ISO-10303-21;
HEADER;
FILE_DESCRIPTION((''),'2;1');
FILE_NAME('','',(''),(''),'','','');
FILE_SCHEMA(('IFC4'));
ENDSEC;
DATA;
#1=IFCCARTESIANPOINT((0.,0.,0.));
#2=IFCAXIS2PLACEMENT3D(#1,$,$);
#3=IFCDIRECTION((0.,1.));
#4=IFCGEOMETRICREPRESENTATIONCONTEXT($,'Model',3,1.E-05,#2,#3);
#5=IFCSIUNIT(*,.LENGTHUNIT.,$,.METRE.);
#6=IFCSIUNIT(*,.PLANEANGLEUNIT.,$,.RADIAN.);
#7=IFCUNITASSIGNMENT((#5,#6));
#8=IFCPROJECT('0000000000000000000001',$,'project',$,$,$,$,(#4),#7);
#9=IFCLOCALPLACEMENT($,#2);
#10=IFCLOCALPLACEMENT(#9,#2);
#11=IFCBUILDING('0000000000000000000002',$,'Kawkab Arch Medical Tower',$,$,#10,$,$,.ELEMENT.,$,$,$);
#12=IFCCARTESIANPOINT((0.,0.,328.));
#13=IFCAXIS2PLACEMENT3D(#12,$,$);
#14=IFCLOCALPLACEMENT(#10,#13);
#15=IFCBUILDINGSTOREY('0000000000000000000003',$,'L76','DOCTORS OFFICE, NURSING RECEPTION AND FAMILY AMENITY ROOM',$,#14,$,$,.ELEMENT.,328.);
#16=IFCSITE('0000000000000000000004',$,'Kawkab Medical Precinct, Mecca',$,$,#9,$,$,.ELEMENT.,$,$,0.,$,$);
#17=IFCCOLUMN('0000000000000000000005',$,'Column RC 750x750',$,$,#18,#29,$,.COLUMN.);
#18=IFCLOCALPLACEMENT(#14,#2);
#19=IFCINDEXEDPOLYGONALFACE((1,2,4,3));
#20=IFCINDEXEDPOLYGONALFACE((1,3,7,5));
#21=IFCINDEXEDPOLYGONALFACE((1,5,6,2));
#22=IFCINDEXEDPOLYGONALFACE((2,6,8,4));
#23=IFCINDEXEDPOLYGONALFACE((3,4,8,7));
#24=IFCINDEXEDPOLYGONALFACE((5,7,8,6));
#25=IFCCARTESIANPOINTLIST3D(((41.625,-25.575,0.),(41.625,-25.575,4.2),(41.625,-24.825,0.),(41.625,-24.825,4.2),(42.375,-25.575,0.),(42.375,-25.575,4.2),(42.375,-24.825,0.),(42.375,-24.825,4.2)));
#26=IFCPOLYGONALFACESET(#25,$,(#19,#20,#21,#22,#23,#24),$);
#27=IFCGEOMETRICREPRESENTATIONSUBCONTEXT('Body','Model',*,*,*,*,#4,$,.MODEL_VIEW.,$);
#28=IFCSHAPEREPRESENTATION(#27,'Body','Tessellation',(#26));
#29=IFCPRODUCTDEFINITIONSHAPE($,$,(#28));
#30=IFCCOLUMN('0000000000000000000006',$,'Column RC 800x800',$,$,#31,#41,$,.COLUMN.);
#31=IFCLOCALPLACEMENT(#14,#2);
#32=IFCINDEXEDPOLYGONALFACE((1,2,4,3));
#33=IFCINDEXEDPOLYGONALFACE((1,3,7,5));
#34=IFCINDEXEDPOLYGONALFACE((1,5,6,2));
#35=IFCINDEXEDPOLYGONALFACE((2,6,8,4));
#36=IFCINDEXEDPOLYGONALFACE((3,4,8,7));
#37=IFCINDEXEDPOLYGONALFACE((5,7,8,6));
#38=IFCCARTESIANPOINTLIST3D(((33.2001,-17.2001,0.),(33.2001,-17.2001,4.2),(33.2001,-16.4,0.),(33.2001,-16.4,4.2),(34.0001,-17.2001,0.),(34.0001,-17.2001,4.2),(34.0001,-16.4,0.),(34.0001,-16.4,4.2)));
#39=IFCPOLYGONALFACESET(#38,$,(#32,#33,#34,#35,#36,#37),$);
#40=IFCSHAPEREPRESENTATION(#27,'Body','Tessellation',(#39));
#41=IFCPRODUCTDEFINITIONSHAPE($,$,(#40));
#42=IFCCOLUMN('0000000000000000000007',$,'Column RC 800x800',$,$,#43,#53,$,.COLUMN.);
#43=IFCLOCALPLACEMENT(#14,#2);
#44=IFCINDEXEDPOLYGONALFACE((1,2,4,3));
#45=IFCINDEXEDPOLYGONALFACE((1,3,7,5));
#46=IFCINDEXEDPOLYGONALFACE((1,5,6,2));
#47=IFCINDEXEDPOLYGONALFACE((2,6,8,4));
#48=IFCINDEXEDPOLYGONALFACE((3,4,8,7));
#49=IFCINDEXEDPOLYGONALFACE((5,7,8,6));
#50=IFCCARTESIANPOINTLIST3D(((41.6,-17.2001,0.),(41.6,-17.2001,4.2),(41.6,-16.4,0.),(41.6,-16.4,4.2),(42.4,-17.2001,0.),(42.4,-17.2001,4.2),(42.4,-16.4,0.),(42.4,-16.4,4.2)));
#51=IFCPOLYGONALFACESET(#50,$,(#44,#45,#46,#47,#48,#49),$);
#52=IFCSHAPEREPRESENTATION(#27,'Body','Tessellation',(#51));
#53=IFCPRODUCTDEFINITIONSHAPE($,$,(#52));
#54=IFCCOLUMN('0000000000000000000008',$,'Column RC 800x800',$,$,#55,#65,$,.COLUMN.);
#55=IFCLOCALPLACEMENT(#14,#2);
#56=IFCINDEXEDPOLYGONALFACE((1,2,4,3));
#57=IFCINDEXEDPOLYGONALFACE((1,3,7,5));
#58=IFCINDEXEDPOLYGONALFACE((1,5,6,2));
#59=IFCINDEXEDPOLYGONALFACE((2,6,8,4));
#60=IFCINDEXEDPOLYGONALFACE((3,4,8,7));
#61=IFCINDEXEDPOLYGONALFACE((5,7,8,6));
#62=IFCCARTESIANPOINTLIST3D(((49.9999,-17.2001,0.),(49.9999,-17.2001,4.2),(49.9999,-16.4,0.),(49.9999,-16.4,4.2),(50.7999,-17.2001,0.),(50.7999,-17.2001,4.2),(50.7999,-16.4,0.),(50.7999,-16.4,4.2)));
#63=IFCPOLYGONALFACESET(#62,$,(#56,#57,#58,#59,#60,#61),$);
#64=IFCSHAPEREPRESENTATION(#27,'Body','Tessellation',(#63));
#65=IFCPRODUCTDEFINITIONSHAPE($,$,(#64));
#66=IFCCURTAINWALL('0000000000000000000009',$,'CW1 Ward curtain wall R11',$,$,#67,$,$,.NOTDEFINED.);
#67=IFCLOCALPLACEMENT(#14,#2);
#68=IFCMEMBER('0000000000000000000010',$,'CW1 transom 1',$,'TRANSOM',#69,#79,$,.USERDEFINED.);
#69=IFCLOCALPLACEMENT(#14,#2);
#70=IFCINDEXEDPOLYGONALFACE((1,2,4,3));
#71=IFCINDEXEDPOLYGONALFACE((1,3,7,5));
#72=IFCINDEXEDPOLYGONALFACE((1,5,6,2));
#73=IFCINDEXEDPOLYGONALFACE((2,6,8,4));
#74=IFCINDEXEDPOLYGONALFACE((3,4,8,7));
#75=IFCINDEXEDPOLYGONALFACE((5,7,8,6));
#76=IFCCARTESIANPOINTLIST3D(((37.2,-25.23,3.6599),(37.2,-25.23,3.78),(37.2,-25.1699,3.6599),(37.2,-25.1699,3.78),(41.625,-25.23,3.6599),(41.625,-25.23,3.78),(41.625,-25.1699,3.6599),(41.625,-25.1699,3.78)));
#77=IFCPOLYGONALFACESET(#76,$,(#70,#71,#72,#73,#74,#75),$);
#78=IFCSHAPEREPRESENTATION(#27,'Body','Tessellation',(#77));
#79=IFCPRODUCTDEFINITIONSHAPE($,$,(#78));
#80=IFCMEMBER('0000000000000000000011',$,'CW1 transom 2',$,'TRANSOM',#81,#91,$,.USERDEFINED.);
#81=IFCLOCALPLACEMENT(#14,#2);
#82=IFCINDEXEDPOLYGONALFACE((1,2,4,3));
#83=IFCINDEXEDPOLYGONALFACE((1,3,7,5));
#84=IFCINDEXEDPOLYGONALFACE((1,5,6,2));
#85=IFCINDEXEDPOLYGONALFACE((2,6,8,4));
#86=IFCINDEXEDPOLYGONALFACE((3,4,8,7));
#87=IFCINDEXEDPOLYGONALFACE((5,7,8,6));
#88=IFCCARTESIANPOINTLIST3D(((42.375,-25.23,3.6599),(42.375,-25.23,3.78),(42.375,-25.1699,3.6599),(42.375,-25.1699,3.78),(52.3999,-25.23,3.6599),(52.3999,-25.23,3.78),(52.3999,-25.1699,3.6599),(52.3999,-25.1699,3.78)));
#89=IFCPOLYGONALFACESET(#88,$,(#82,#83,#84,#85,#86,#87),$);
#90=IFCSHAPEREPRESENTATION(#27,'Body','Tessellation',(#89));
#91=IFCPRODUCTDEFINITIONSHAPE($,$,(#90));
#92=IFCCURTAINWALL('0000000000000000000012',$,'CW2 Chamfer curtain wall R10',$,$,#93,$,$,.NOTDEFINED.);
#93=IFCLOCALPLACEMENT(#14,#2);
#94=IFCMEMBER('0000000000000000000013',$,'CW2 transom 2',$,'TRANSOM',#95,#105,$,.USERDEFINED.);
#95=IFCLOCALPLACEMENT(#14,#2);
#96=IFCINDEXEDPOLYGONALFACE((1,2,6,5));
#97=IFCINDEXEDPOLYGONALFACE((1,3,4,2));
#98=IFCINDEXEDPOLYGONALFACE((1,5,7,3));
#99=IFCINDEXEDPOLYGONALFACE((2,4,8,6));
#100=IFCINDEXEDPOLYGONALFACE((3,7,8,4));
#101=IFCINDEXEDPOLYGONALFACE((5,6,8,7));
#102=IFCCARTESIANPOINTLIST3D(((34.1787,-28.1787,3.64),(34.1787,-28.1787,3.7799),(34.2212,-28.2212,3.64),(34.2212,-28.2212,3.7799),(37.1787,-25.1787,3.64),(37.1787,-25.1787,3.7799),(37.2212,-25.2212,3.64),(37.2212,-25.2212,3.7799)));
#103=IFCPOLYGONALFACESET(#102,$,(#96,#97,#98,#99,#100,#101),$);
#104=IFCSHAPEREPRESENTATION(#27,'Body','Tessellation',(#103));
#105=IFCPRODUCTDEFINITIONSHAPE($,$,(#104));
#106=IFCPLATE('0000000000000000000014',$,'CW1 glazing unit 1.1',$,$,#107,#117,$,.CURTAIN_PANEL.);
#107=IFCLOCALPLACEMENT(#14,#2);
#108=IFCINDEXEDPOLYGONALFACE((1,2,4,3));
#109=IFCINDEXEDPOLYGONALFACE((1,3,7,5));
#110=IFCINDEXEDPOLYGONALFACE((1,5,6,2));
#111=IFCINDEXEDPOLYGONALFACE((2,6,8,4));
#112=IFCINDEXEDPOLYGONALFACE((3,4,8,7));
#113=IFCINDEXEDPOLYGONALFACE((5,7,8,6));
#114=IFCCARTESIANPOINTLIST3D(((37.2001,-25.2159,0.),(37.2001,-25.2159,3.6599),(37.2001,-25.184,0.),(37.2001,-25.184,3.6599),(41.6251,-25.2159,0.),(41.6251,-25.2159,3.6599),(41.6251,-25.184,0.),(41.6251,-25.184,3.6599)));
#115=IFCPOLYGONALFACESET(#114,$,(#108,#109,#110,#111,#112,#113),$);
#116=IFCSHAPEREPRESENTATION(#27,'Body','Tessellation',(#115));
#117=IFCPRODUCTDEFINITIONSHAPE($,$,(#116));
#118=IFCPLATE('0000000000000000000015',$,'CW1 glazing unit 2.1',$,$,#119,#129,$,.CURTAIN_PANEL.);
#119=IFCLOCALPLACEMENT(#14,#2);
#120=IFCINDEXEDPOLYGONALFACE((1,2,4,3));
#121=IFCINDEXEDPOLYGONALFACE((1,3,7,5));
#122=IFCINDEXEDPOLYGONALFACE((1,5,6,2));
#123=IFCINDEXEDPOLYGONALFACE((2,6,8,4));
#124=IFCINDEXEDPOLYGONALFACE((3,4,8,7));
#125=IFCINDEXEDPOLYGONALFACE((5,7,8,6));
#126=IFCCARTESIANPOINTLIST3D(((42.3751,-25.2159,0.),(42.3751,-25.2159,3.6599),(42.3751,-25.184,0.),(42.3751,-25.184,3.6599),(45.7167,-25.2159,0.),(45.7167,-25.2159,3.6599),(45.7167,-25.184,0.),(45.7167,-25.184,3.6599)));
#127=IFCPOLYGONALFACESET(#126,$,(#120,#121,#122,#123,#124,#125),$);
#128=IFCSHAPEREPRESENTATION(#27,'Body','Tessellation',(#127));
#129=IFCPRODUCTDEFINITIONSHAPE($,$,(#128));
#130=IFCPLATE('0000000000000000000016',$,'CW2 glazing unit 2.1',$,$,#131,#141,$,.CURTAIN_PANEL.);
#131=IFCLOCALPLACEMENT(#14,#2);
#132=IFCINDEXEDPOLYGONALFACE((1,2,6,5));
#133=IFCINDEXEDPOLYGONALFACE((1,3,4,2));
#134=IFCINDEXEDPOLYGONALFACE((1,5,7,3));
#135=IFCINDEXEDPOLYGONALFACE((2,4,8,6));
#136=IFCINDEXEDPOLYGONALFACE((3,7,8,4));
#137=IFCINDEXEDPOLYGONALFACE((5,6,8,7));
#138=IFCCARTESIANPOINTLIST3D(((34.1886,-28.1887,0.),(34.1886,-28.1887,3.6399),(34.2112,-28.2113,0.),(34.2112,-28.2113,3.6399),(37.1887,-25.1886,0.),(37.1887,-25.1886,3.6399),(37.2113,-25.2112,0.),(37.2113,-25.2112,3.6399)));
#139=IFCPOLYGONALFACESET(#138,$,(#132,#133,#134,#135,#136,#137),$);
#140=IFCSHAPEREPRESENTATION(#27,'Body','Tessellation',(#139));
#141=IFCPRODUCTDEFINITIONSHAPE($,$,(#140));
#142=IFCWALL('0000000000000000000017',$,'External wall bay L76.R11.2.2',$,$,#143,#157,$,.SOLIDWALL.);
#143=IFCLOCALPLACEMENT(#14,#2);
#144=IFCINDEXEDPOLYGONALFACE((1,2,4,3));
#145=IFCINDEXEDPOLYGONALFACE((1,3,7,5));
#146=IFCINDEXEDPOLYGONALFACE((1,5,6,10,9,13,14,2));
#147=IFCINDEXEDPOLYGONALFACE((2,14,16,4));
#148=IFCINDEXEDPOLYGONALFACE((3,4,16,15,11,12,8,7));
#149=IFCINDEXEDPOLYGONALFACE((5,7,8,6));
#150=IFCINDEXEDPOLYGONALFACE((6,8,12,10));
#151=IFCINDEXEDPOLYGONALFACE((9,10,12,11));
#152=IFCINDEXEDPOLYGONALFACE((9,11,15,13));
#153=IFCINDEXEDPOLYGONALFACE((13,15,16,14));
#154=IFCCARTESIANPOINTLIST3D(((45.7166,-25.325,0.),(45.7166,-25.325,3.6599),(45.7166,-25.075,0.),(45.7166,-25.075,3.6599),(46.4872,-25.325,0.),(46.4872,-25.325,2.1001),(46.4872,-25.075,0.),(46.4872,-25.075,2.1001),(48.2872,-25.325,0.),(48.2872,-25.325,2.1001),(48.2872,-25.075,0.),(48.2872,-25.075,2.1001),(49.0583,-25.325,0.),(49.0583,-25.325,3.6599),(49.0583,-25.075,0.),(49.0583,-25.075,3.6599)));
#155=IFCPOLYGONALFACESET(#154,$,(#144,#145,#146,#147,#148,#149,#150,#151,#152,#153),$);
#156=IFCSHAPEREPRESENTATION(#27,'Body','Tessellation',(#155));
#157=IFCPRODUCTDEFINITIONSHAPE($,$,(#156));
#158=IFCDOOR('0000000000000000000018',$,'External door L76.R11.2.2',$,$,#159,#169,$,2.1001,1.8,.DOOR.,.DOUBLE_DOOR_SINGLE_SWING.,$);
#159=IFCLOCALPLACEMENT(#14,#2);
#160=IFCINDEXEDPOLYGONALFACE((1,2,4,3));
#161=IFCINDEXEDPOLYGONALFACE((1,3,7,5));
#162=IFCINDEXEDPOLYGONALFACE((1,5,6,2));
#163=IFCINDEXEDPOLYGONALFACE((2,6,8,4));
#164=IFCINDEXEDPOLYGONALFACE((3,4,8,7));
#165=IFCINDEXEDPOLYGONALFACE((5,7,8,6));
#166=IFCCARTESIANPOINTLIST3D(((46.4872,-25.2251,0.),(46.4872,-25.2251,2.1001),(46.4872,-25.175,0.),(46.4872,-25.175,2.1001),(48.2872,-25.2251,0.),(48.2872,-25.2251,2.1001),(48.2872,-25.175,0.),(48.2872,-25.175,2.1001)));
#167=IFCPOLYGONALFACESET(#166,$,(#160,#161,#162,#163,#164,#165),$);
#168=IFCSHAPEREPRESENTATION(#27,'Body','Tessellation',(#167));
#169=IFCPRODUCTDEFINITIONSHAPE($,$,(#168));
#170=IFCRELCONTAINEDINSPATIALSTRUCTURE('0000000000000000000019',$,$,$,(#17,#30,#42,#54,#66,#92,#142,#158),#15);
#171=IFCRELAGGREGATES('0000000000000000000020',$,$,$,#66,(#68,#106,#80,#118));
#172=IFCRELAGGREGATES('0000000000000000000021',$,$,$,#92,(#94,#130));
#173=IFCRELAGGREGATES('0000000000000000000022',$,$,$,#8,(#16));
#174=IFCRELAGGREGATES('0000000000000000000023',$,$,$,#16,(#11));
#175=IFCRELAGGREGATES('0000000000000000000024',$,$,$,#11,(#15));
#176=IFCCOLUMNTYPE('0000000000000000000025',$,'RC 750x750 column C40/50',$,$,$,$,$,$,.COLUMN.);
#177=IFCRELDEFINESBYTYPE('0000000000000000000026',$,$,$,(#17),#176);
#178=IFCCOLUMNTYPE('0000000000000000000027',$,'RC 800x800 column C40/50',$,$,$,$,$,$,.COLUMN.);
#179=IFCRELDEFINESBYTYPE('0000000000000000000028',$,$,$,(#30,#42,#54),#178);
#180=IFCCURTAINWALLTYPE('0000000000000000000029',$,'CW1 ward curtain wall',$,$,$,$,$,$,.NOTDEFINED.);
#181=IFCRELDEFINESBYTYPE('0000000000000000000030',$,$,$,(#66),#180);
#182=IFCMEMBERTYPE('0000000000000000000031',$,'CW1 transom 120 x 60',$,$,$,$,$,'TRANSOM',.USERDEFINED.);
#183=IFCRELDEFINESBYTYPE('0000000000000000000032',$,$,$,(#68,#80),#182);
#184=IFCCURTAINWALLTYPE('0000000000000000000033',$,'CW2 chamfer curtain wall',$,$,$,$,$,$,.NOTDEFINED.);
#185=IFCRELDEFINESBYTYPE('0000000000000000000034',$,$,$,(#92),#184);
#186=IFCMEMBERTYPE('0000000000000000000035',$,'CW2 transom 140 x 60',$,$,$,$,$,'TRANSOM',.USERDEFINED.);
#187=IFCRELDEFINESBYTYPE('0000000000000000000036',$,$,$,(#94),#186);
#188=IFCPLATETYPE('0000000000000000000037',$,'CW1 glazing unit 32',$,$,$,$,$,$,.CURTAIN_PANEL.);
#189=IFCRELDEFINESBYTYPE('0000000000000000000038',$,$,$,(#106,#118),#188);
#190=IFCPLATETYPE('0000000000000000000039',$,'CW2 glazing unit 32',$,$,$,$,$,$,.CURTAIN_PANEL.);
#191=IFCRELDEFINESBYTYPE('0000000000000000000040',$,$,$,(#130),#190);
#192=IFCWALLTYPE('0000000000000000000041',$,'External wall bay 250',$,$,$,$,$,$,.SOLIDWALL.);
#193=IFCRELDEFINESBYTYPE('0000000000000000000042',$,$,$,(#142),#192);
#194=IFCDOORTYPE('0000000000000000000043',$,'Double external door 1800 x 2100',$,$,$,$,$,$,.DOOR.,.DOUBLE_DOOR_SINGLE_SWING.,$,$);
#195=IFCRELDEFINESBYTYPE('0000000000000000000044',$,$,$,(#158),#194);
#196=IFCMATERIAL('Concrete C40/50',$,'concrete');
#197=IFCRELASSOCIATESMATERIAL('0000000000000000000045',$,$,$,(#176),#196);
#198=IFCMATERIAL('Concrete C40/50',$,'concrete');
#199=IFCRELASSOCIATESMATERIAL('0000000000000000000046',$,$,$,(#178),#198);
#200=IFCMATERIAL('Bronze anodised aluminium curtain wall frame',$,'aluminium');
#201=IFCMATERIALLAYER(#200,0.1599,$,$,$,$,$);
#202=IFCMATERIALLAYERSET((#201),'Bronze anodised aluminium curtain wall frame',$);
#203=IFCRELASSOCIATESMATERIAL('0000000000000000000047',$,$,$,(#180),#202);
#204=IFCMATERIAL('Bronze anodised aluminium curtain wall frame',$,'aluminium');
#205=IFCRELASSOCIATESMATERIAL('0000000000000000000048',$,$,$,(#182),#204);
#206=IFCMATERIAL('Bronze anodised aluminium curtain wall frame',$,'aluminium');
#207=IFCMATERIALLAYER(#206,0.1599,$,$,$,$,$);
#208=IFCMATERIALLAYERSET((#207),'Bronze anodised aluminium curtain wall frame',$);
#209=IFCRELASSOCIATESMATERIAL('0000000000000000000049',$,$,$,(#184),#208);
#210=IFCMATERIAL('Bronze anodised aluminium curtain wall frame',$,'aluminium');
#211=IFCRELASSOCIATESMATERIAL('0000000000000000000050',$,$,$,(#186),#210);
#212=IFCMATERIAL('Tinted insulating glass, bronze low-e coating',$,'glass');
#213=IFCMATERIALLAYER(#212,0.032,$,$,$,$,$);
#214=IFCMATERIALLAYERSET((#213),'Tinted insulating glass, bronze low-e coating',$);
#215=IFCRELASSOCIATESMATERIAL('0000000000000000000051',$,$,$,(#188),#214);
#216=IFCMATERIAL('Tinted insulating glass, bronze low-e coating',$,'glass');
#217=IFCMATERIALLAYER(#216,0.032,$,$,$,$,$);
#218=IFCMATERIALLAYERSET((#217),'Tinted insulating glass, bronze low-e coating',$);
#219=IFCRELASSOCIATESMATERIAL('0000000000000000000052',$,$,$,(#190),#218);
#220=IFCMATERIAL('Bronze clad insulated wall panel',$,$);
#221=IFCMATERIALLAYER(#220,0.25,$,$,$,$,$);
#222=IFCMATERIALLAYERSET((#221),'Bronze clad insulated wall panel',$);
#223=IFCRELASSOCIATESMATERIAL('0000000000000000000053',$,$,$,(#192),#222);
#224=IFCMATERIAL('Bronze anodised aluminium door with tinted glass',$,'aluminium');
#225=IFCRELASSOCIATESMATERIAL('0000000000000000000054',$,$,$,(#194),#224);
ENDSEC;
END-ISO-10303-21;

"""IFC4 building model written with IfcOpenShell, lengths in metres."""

from ifc_helpers import new_model, si_unit, direction, frame, frame_2d, origin, origin_2d, place, context, subcontext, project, spatial, rectangle, extrude, material, layer, layer_set, material_profile, profile_set, type_object, element, fill, aggregate, save


model = new_model("IFC4")

# Units and contexts
model_context = context("Model", 3, precision=1e-05, world=origin(), true_north=direction((0.0, 1.0)))
body_context = subcontext(model_context, "Body", "Model", "MODEL_VIEW")
ifc_project = project(units=[si_unit("LENGTHUNIT", "METRE"), si_unit("PLANEANGLEUNIT", "RADIAN")], contexts=[model_context])

# Site, building, storey
site_placement = place(None, origin())
site = spatial("IfcSite", under=ifc_project, at=site_placement, Name="Kawkab Medical Precinct, Mecca", CompositionType="ELEMENT", RefElevation=0.0)
building_placement = place(site_placement, origin())
building = spatial("IfcBuilding", under=site, at=building_placement, Name="Kawkab Arch Medical Tower", CompositionType="ELEMENT")
storey_placement = place(building_placement, frame((0.0, 0.0, 328.0)))
storey = spatial("IfcBuildingStorey", under=building, at=storey_placement, Name="L76", Description="DOCTORS OFFICE, NURSING RECEPTION AND FAMILY AMENITY ROOM", CompositionType="ELEMENT", Elevation=328.0)

# Columns
ifc_material_1 = material(Name="Concrete C40/50", Category="concrete")
ifc_material_profile_1 = material_profile(ifc_material_1, rectangle(XDim=0.75, YDim=0.75, at=origin_2d()), Name="RC 750x750")
ifc_profile_set_1 = profile_set([ifc_material_profile_1], Name="Concrete C40/50")
column_type_1 = type_object("IfcColumnType", Name="RC 750x750 column C40/50", PredefinedType="COLUMN", material=ifc_profile_set_1)
column_placement = place(storey_placement, frame((42.0, -25.2, 0.0), z_axis=(0.0, 0.0, 1.0), x_axis=(1.0, 0.0, 0.0)))
element("IfcColumn", 1, at=column_placement, inside=storey, type_object=column_type_1, Name="Column RC 750x750", PredefinedType="COLUMN", context=body_context, shape_type="SweptSolid", body=[
    extrude(rectangle(XDim=0.75, YDim=0.75, at=origin_2d()), origin(), (0.0, 0.0, 1.0), 4.2),
])
ifc_material_2 = material(Name="Concrete C40/50", Category="concrete")
ifc_material_profile_2 = material_profile(ifc_material_2, rectangle(XDim=0.8, YDim=0.8, at=origin_2d()), Name="RC 800x800")
ifc_profile_set_2 = profile_set([ifc_material_profile_2], Name="Concrete C40/50")
column_type_2 = type_object("IfcColumnType", Name="RC 800x800 column C40/50", PredefinedType="COLUMN", material=ifc_profile_set_2)
for number, where, z_axis, x_axis, name in (
    (2, (33.6001, -16.8, 0.0), (0.0, 0.0, 1.0), (1.0, 0.0, 0.0), "Column RC 800x800"),
    (3, (42.0, -16.8, 0.0), (0.0, 0.0, 1.0), (1.0, 0.0, 0.0), "Column RC 800x800"),
    (4, (50.3999, -16.8, 0.0), (0.0, 0.0, 1.0), (1.0, 0.0, 0.0), "Column RC 800x800"),
):
    element("IfcColumn", number, at=place(storey_placement, frame(where, z_axis=z_axis, x_axis=x_axis)), inside=storey, type_object=column_type_2, Name=name, PredefinedType="COLUMN", context=body_context, shape_type="SweptSolid", body=[
        extrude(rectangle(XDim=0.8, YDim=0.8, at=origin_2d()), origin(), (0.0, 0.0, 1.0), 4.2),
    ])

# Curtain wall, members
ifc_material_3 = material(Name="Bronze anodised aluminium curtain wall frame", Category="aluminium")
ifc_layer_1 = layer(ifc_material_3, 0.1599)
ifc_layer_set_1 = layer_set([ifc_layer_1], Name="Bronze anodised aluminium curtain wall frame")
curtain_wall_type_1 = type_object("IfcCurtainWallType", Name="CW1 ward curtain wall", PredefinedType="NOTDEFINED", material=ifc_layer_set_1)
placement = place(storey_placement, origin())
curtain_wall_1 = element("IfcCurtainWall", 5, at=placement, inside=storey, type_object=curtain_wall_type_1, Name="CW1 Ward curtain wall R11", PredefinedType="NOTDEFINED")
ifc_material_4 = material(Name="Bronze anodised aluminium curtain wall frame", Category="aluminium")
ifc_material_profile_3 = material_profile(ifc_material_4, rectangle(XDim=0.0601, YDim=0.1201, at=origin_2d()), Name="AL 60x120")
ifc_profile_set_3 = profile_set([ifc_material_profile_3], Name="Bronze anodised aluminium curtain wall frame")
member_type_1 = type_object("IfcMemberType", Name="CW1 transom 120 x 60", ElementType="TRANSOM", PredefinedType="USERDEFINED", material=ifc_profile_set_3)
member_1_placement = place(storey_placement, frame((37.2, -25.2, 3.72), z_axis=(1.0, 0.0, 0.0), x_axis=(0.0, 1.0, 0.0)))
member_1 = element("IfcMember", 6, at=member_1_placement, type_object=member_type_1, Name="CW1 transom 1", ObjectType="TRANSOM", PredefinedType="USERDEFINED", context=body_context, shape_type="SweptSolid", body=[
    extrude(rectangle(XDim=0.0601, YDim=0.1201, at=origin_2d()), origin(), (0.0, 0.0, 1.0), 4.425),
])
member_2_placement = place(storey_placement, frame((42.375, -25.2, 3.72), z_axis=(1.0, 0.0, 0.0), x_axis=(0.0, 1.0, 0.0)))
member_2 = element("IfcMember", 7, at=member_2_placement, type_object=member_type_1, Name="CW1 transom 2", ObjectType="TRANSOM", PredefinedType="USERDEFINED", context=body_context, shape_type="SweptSolid", body=[
    extrude(rectangle(XDim=0.0601, YDim=0.1201, at=origin_2d()), origin(), (0.0, 0.0, 1.0), 10.0249),
])

# Curtain wall, member
ifc_material_5 = material(Name="Bronze anodised aluminium curtain wall frame", Category="aluminium")
ifc_layer_2 = layer(ifc_material_5, 0.1599)
ifc_layer_set_2 = layer_set([ifc_layer_2], Name="Bronze anodised aluminium curtain wall frame")
curtain_wall_type_2 = type_object("IfcCurtainWallType", Name="CW2 chamfer curtain wall", PredefinedType="NOTDEFINED", material=ifc_layer_set_2)
curtain_wall_2 = element("IfcCurtainWall", 8, at=placement, inside=storey, type_object=curtain_wall_type_2, Name="CW2 Chamfer curtain wall R10", PredefinedType="NOTDEFINED")
ifc_material_6 = material(Name="Bronze anodised aluminium curtain wall frame", Category="aluminium")
ifc_material_profile_4 = material_profile(ifc_material_6, rectangle(XDim=0.0601, YDim=0.1399, at=origin_2d()), Name="AL 60x140")
ifc_profile_set_4 = profile_set([ifc_material_profile_4], Name="Bronze anodised aluminium curtain wall frame")
member_type_2 = type_object("IfcMemberType", Name="CW2 transom 140 x 60", ElementType="TRANSOM", PredefinedType="USERDEFINED", material=ifc_profile_set_4)
member_3_placement = place(storey_placement, frame((34.2, -28.2, 3.71), z_axis=(0.707107, 0.707107, 0.0), x_axis=(-0.707107, 0.707107, 0.0)))
member_3 = element("IfcMember", 9, at=member_3_placement, type_object=member_type_2, Name="CW2 transom 2", ObjectType="TRANSOM", PredefinedType="USERDEFINED", context=body_context, shape_type="SweptSolid", body=[
    extrude(rectangle(XDim=0.0601, YDim=0.1399, at=origin_2d()), origin(), (0.0, 0.0, 1.0), 4.2427),
])

# Plates
ifc_material_7 = material(Name="Tinted insulating glass, bronze low-e coating", Category="glass")
ifc_layer_3 = layer(ifc_material_7, 0.032)
ifc_layer_set_3 = layer_set([ifc_layer_3], Name="Tinted insulating glass, bronze low-e coating")
plate_type_1 = type_object("IfcPlateType", Name="CW1 glazing unit 32", PredefinedType="CURTAIN_PANEL", material=ifc_layer_set_3)
plate_1_placement = place(storey_placement, frame((39.4126, -25.2, 0.0), z_axis=(0.0, 0.0, 1.0), x_axis=(1.0, 0.0, 0.0)))
plate_1 = element("IfcPlate", 10, at=plate_1_placement, type_object=plate_type_1, Name="CW1 glazing unit 1.1", PredefinedType="CURTAIN_PANEL", context=body_context, shape_type="SweptSolid", body=[
    extrude(rectangle(XDim=4.425, YDim=0.032, at=origin_2d()), origin(), (0.0, 0.0, 1.0), 3.6599),
])
plate_2_placement = place(storey_placement, frame((44.0459, -25.2, 0.0), z_axis=(0.0, 0.0, 1.0), x_axis=(1.0, 0.0, 0.0)))
plate_2 = element("IfcPlate", 11, at=plate_2_placement, type_object=plate_type_1, Name="CW1 glazing unit 2.1", PredefinedType="CURTAIN_PANEL", context=body_context, shape_type="SweptSolid", body=[
    extrude(rectangle(XDim=3.3416, YDim=0.032, at=origin_2d()), origin(), (0.0, 0.0, 1.0), 3.6599),
])
aggregate(curtain_wall_1, [member_1, plate_1, member_2, plate_2])
ifc_material_8 = material(Name="Tinted insulating glass, bronze low-e coating", Category="glass")
ifc_layer_4 = layer(ifc_material_8, 0.032)
ifc_layer_set_4 = layer_set([ifc_layer_4], Name="Tinted insulating glass, bronze low-e coating")
plate_type_2 = type_object("IfcPlateType", Name="CW2 glazing unit 32", PredefinedType="CURTAIN_PANEL", material=ifc_layer_set_4)
plate_3_placement = place(storey_placement, frame((35.7, -26.7, 0.0), z_axis=(0.0, 0.0, 1.0), x_axis=(0.707107, 0.707107, 0.0)))
plate_3 = element("IfcPlate", 12, at=plate_3_placement, type_object=plate_type_2, Name="CW2 glazing unit 2.1", PredefinedType="CURTAIN_PANEL", context=body_context, shape_type="SweptSolid", body=[
    extrude(rectangle(XDim=4.2427, YDim=0.032, at=origin_2d()), origin(), (0.0, 0.0, 1.0), 3.6399),
])
aggregate(curtain_wall_2, [member_3, plate_3])

# Wall, opening, door
ifc_material_9 = material(Name="Bronze clad insulated wall panel")
ifc_layer_5 = layer(ifc_material_9, 0.25)
ifc_layer_set_5 = layer_set([ifc_layer_5], Name="Bronze clad insulated wall panel")
wall_type_1 = type_object("IfcWallType", Name="External wall bay 250", PredefinedType="SOLIDWALL", material=ifc_layer_set_5)
wall_1_placement = place(storey_placement, frame((45.7166, -25.2, 0.0), z_axis=(0.0, 0.0, 1.0), x_axis=(1.0, 0.0, 0.0)))
wall_1 = element("IfcWall", 13, at=wall_1_placement, inside=storey, type_object=wall_type_1, Name="External wall bay L76.R11.2.2", PredefinedType="SOLIDWALL", context=body_context, shape_type="SweptSolid", body=[
    extrude(rectangle(XDim=3.3418, YDim=0.25, at=frame_2d((1.6709, 0.0))), origin(), (0.0, 0.0, 1.0), 3.6599),
])
opening_1_placement = place(wall_1_placement, frame((0.7708, 0.0, 0.0)))
opening_1 = element("IfcOpeningElement", 14, at=opening_1_placement, cuts=wall_1, PredefinedType="OPENING", context=body_context, shape_type="SweptSolid", body=[
    extrude(rectangle(XDim=1.8, YDim=2.1001, at=frame_2d((0.8999, 1.05))), frame((0.0, 0.135, 0.0), z_axis=(0.0, -1.0, 0.0), x_axis=(1.0, 0.0, 0.0)), (0.0, 0.0, 1.0), 0.27),
])
ifc_material_10 = material(Name="Bronze anodised aluminium door with tinted glass", Category="aluminium")
door_type_1 = type_object("IfcDoorType", Name="Double external door 1800 x 2100", OperationType="DOUBLE_DOOR_SINGLE_SWING", PredefinedType="DOOR", material=ifc_material_10)
door_1_placement = place(opening_1_placement, origin())
door_1 = element("IfcDoor", 15, at=door_1_placement, inside=storey, type_object=door_type_1, Name="External door L76.R11.2.2", OperationType="DOUBLE_DOOR_SINGLE_SWING", OverallHeight=2.1001, OverallWidth=1.8, PredefinedType="DOOR", context=body_context, shape_type="SweptSolid", body=[
    extrude(rectangle(XDim=1.8, YDim=2.1001, at=frame_2d((0.8999, 1.05))), frame((0.0, 0.0249, 0.0), z_axis=(0.0, -1.0, 0.0), x_axis=(1.0, 0.0, 0.0)), (0.0, 0.0, 1.0), 0.05),
])
fill(opening_1, door_1)

save(model, "model.ifc")
